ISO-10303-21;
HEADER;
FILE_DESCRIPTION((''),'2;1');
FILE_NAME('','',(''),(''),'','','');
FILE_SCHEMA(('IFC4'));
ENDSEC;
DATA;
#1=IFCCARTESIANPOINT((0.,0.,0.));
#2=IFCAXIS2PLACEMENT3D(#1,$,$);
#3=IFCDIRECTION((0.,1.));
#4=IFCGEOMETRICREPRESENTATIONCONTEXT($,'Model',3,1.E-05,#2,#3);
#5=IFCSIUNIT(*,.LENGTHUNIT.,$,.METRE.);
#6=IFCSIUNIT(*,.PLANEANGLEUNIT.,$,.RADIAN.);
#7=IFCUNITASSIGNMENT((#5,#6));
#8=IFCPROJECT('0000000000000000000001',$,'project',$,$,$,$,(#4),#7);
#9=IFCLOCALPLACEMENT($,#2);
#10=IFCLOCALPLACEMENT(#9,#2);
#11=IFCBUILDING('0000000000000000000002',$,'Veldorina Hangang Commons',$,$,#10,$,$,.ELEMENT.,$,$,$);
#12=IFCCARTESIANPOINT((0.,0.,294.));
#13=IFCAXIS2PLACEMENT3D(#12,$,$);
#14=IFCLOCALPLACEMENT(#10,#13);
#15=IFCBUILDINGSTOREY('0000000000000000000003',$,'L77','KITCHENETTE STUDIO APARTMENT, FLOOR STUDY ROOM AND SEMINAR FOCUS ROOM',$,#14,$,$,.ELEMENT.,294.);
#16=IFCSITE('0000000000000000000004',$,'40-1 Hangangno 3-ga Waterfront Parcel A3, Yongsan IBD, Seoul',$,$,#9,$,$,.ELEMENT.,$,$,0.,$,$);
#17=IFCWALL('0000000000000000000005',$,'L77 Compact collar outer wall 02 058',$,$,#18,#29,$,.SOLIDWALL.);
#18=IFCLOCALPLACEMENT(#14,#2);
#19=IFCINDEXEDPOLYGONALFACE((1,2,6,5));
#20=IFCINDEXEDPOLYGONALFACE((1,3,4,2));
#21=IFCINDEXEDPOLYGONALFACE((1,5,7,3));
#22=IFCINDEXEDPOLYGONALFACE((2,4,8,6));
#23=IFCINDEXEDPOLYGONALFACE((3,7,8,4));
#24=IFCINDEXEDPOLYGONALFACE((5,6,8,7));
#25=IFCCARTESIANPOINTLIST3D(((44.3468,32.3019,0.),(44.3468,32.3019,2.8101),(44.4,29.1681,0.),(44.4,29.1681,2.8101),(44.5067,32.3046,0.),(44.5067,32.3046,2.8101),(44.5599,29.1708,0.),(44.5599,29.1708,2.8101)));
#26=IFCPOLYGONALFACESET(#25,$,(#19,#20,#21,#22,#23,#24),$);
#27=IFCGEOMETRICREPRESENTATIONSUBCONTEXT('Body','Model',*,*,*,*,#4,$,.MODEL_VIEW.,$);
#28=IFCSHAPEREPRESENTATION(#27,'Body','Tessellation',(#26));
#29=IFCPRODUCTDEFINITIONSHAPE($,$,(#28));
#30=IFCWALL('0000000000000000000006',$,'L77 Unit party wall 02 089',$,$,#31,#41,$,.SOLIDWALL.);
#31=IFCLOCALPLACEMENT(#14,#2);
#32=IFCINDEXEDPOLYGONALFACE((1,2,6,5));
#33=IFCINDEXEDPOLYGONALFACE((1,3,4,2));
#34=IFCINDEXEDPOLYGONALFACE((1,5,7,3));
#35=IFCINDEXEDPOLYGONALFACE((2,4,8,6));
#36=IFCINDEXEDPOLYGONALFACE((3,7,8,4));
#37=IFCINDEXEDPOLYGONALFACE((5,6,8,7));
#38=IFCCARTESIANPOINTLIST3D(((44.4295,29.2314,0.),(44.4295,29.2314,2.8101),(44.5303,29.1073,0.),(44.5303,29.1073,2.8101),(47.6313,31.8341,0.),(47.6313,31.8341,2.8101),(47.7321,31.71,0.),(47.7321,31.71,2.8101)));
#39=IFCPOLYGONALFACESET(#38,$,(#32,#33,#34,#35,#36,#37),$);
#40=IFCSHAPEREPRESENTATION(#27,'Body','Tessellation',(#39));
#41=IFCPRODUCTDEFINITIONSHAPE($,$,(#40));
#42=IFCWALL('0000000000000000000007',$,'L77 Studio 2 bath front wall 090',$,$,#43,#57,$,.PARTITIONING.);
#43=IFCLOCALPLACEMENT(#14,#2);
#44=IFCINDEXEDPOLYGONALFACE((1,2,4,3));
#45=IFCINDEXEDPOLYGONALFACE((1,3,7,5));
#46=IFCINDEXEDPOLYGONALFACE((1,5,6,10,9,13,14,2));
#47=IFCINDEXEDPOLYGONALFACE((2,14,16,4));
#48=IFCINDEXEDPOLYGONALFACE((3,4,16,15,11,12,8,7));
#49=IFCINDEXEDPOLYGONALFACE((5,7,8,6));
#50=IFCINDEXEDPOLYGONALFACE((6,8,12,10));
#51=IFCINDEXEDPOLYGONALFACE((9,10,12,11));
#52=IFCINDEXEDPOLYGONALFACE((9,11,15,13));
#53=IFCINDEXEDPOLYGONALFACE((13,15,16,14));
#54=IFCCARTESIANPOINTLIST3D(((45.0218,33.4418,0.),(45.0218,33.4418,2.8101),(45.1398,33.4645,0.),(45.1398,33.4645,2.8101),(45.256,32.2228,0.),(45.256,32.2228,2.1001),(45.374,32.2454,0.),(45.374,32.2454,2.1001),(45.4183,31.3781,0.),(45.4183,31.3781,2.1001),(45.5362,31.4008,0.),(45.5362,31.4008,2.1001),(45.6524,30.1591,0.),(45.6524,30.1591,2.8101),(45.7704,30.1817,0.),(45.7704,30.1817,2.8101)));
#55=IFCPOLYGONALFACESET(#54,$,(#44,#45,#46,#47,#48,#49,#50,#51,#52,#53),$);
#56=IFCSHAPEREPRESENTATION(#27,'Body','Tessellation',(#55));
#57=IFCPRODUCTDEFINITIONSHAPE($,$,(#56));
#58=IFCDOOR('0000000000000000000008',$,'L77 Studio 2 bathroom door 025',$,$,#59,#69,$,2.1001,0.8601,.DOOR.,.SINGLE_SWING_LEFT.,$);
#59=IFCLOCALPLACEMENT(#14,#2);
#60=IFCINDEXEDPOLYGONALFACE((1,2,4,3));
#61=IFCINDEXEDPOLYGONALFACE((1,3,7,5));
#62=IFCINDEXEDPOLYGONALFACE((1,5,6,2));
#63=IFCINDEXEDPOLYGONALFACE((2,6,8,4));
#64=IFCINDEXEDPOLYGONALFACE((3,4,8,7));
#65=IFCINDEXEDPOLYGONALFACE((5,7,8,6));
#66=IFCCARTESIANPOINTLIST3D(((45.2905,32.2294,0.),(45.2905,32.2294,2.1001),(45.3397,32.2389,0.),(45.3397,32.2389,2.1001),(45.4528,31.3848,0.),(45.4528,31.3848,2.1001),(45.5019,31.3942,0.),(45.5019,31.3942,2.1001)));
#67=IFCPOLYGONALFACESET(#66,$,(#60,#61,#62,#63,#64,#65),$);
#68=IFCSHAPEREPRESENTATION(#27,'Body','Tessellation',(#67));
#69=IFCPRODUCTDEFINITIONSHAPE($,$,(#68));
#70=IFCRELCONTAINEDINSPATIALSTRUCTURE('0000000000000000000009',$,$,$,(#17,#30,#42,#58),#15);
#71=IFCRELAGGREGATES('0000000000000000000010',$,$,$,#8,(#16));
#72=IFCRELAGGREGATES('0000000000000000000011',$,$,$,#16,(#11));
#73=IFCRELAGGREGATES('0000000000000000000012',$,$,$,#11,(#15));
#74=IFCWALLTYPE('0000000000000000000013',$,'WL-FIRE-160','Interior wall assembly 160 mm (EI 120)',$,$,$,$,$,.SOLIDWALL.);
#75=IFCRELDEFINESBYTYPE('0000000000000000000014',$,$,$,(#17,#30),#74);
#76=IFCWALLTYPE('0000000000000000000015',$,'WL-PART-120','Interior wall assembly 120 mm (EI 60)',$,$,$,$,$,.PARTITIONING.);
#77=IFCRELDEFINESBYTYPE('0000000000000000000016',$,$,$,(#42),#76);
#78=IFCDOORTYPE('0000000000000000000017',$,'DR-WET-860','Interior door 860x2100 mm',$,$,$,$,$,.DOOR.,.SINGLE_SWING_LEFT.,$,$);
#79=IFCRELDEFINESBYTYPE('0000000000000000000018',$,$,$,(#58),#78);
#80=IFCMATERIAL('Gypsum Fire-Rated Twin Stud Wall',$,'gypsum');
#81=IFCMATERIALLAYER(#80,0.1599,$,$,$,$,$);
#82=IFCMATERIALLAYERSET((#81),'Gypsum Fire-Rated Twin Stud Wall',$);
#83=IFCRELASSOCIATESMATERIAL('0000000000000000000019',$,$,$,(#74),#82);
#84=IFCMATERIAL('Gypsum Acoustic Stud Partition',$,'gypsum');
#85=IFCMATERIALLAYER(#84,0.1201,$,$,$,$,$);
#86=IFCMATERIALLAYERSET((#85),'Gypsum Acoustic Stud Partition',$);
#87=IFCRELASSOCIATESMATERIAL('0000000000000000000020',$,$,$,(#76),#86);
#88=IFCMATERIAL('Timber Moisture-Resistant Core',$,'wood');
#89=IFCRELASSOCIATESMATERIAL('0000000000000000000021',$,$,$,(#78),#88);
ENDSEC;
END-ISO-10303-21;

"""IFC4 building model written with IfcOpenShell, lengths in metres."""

from ifc_helpers import new_model, si_unit, direction, frame, frame_2d, origin, place, context, subcontext, project, spatial, rectangle, extrude, material, layer, layer_set, type_object, element, fill, save


model = new_model("IFC4")

# Units and contexts
model_context = context("Model", 3, precision=1e-05, world=origin(), true_north=direction((0.0, 1.0)))
body_context = subcontext(model_context, "Body", "Model", "MODEL_VIEW")
ifc_project = project(units=[si_unit("LENGTHUNIT", "METRE"), si_unit("PLANEANGLEUNIT", "RADIAN")], contexts=[model_context])

# Site, building, storey
site_placement = place(None, origin())
site = spatial("IfcSite", under=ifc_project, at=site_placement, Name="40-1 Hangangno 3-ga Waterfront Parcel A3, Yongsan IBD, Seoul", CompositionType="ELEMENT", RefElevation=0.0)
building_placement = place(site_placement, origin())
building = spatial("IfcBuilding", under=site, at=building_placement, Name="Veldorina Hangang Commons", CompositionType="ELEMENT")
storey_placement = place(building_placement, frame((0.0, 0.0, 294.0)))
storey = spatial("IfcBuildingStorey", under=building, at=storey_placement, Name="L77", Description="KITCHENETTE STUDIO APARTMENT, FLOOR STUDY ROOM AND SEMINAR FOCUS ROOM", CompositionType="ELEMENT", Elevation=294.0)

# Walls
ifc_material_1 = material(Name="Gypsum Fire-Rated Twin Stud Wall", Category="gypsum")
ifc_layer_1 = layer(ifc_material_1, 0.1599)
ifc_layer_set_1 = layer_set([ifc_layer_1], Name="Gypsum Fire-Rated Twin Stud Wall")
wall_type_1 = type_object("IfcWallType", Name="WL-FIRE-160", Description="Interior wall assembly 160 mm (EI 120)", PredefinedType="SOLIDWALL", material=ifc_layer_set_1)
wall_1_placement = place(storey_placement, frame((44.48, 29.1694, 0.0), z_axis=(0.0, 0.0, 1.0), x_axis=(-0.016981, 0.999856, 0.0)))
element("IfcWall", 1, at=wall_1_placement, inside=storey, type_object=wall_type_1, Name="L77 Compact collar outer wall 02 058", PredefinedType="SOLIDWALL", context=body_context, shape_type="SweptSolid", body=[
    extrude(rectangle(XDim=3.1343, YDim=0.1599, at=frame_2d((1.5671, 0.0))), origin(), (0.0, 0.0, 1.0), 2.8101),
])
wall_2_placement = place(storey_placement, frame((44.48, 29.1694, 0.0), z_axis=(0.0, 0.0, 1.0), x_axis=(0.775967, 0.630773, 0.0)))
element("IfcWall", 2, at=wall_2_placement, inside=storey, type_object=wall_type_1, Name="L77 Unit party wall 02 089", PredefinedType="SOLIDWALL", context=body_context, shape_type="SweptSolid", body=[
    extrude(rectangle(XDim=4.1262, YDim=0.1599, at=frame_2d((2.063, 0.0))), origin(), (0.0, 0.0, 1.0), 2.8101),
])

# Wall, opening, door
ifc_material_2 = material(Name="Gypsum Acoustic Stud Partition", Category="gypsum")
ifc_layer_2 = layer(ifc_material_2, 0.1201)
ifc_layer_set_2 = layer_set([ifc_layer_2], Name="Gypsum Acoustic Stud Partition")
wall_type_2 = type_object("IfcWallType", Name="WL-PART-120", Description="Interior wall assembly 120 mm (EI 60)", PredefinedType="PARTITIONING", material=ifc_layer_set_2)
wall_3_placement = place(storey_placement, frame((45.7114, 30.1704, 0.0), z_axis=(0.0, 0.0, 1.0), x_axis=(-0.188652, 0.982044, 0.0)))
wall_3 = element("IfcWall", 3, at=wall_3_placement, inside=storey, type_object=wall_type_2, Name="L77 Studio 2 bath front wall 090", PredefinedType="PARTITIONING", context=body_context, shape_type="SweptSolid", body=[
    extrude(rectangle(XDim=3.3428, YDim=0.1201, at=frame_2d((1.6714, 0.0))), origin(), (0.0, 0.0, 1.0), 2.8101),
])
opening_placement = place(wall_3_placement, frame((1.2412, 0.0, 0.0)))
opening = element("IfcOpeningElement", 4, at=opening_placement, cuts=wall_3, PredefinedType="OPENING", context=body_context, shape_type="SweptSolid", body=[
    extrude(rectangle(XDim=0.8601, YDim=2.1001, at=frame_2d((0.4302, 1.05))), frame((0.0, 0.0701, 0.0), z_axis=(0.0, -1.0, 0.0), x_axis=(1.0, 0.0, 0.0)), (0.0, 0.0, 1.0), 0.1401),
])
ifc_material_3 = material(Name="Timber Moisture-Resistant Core", Category="wood")
door_type = type_object("IfcDoorType", Name="DR-WET-860", Description="Interior door 860x2100 mm", OperationType="SINGLE_SWING_LEFT", PredefinedType="DOOR", material=ifc_material_3)
door_placement = place(opening_placement, origin())
door = element("IfcDoor", 5, at=door_placement, inside=storey, type_object=door_type, Name="L77 Studio 2 bathroom door 025", OperationType="SINGLE_SWING_LEFT", OverallHeight=2.1001, OverallWidth=0.8601, PredefinedType="DOOR", context=body_context, shape_type="SweptSolid", body=[
    extrude(rectangle(XDim=0.8601, YDim=2.1001, at=frame_2d((0.4302, 1.05))), frame((0.0, 0.0249, 0.0), z_axis=(0.0, -1.0, 0.0), x_axis=(1.0, 0.0, 0.0)), (0.0, 0.0, 1.0), 0.05),
])
fill(opening, door)

save(model, "model.ifc")
